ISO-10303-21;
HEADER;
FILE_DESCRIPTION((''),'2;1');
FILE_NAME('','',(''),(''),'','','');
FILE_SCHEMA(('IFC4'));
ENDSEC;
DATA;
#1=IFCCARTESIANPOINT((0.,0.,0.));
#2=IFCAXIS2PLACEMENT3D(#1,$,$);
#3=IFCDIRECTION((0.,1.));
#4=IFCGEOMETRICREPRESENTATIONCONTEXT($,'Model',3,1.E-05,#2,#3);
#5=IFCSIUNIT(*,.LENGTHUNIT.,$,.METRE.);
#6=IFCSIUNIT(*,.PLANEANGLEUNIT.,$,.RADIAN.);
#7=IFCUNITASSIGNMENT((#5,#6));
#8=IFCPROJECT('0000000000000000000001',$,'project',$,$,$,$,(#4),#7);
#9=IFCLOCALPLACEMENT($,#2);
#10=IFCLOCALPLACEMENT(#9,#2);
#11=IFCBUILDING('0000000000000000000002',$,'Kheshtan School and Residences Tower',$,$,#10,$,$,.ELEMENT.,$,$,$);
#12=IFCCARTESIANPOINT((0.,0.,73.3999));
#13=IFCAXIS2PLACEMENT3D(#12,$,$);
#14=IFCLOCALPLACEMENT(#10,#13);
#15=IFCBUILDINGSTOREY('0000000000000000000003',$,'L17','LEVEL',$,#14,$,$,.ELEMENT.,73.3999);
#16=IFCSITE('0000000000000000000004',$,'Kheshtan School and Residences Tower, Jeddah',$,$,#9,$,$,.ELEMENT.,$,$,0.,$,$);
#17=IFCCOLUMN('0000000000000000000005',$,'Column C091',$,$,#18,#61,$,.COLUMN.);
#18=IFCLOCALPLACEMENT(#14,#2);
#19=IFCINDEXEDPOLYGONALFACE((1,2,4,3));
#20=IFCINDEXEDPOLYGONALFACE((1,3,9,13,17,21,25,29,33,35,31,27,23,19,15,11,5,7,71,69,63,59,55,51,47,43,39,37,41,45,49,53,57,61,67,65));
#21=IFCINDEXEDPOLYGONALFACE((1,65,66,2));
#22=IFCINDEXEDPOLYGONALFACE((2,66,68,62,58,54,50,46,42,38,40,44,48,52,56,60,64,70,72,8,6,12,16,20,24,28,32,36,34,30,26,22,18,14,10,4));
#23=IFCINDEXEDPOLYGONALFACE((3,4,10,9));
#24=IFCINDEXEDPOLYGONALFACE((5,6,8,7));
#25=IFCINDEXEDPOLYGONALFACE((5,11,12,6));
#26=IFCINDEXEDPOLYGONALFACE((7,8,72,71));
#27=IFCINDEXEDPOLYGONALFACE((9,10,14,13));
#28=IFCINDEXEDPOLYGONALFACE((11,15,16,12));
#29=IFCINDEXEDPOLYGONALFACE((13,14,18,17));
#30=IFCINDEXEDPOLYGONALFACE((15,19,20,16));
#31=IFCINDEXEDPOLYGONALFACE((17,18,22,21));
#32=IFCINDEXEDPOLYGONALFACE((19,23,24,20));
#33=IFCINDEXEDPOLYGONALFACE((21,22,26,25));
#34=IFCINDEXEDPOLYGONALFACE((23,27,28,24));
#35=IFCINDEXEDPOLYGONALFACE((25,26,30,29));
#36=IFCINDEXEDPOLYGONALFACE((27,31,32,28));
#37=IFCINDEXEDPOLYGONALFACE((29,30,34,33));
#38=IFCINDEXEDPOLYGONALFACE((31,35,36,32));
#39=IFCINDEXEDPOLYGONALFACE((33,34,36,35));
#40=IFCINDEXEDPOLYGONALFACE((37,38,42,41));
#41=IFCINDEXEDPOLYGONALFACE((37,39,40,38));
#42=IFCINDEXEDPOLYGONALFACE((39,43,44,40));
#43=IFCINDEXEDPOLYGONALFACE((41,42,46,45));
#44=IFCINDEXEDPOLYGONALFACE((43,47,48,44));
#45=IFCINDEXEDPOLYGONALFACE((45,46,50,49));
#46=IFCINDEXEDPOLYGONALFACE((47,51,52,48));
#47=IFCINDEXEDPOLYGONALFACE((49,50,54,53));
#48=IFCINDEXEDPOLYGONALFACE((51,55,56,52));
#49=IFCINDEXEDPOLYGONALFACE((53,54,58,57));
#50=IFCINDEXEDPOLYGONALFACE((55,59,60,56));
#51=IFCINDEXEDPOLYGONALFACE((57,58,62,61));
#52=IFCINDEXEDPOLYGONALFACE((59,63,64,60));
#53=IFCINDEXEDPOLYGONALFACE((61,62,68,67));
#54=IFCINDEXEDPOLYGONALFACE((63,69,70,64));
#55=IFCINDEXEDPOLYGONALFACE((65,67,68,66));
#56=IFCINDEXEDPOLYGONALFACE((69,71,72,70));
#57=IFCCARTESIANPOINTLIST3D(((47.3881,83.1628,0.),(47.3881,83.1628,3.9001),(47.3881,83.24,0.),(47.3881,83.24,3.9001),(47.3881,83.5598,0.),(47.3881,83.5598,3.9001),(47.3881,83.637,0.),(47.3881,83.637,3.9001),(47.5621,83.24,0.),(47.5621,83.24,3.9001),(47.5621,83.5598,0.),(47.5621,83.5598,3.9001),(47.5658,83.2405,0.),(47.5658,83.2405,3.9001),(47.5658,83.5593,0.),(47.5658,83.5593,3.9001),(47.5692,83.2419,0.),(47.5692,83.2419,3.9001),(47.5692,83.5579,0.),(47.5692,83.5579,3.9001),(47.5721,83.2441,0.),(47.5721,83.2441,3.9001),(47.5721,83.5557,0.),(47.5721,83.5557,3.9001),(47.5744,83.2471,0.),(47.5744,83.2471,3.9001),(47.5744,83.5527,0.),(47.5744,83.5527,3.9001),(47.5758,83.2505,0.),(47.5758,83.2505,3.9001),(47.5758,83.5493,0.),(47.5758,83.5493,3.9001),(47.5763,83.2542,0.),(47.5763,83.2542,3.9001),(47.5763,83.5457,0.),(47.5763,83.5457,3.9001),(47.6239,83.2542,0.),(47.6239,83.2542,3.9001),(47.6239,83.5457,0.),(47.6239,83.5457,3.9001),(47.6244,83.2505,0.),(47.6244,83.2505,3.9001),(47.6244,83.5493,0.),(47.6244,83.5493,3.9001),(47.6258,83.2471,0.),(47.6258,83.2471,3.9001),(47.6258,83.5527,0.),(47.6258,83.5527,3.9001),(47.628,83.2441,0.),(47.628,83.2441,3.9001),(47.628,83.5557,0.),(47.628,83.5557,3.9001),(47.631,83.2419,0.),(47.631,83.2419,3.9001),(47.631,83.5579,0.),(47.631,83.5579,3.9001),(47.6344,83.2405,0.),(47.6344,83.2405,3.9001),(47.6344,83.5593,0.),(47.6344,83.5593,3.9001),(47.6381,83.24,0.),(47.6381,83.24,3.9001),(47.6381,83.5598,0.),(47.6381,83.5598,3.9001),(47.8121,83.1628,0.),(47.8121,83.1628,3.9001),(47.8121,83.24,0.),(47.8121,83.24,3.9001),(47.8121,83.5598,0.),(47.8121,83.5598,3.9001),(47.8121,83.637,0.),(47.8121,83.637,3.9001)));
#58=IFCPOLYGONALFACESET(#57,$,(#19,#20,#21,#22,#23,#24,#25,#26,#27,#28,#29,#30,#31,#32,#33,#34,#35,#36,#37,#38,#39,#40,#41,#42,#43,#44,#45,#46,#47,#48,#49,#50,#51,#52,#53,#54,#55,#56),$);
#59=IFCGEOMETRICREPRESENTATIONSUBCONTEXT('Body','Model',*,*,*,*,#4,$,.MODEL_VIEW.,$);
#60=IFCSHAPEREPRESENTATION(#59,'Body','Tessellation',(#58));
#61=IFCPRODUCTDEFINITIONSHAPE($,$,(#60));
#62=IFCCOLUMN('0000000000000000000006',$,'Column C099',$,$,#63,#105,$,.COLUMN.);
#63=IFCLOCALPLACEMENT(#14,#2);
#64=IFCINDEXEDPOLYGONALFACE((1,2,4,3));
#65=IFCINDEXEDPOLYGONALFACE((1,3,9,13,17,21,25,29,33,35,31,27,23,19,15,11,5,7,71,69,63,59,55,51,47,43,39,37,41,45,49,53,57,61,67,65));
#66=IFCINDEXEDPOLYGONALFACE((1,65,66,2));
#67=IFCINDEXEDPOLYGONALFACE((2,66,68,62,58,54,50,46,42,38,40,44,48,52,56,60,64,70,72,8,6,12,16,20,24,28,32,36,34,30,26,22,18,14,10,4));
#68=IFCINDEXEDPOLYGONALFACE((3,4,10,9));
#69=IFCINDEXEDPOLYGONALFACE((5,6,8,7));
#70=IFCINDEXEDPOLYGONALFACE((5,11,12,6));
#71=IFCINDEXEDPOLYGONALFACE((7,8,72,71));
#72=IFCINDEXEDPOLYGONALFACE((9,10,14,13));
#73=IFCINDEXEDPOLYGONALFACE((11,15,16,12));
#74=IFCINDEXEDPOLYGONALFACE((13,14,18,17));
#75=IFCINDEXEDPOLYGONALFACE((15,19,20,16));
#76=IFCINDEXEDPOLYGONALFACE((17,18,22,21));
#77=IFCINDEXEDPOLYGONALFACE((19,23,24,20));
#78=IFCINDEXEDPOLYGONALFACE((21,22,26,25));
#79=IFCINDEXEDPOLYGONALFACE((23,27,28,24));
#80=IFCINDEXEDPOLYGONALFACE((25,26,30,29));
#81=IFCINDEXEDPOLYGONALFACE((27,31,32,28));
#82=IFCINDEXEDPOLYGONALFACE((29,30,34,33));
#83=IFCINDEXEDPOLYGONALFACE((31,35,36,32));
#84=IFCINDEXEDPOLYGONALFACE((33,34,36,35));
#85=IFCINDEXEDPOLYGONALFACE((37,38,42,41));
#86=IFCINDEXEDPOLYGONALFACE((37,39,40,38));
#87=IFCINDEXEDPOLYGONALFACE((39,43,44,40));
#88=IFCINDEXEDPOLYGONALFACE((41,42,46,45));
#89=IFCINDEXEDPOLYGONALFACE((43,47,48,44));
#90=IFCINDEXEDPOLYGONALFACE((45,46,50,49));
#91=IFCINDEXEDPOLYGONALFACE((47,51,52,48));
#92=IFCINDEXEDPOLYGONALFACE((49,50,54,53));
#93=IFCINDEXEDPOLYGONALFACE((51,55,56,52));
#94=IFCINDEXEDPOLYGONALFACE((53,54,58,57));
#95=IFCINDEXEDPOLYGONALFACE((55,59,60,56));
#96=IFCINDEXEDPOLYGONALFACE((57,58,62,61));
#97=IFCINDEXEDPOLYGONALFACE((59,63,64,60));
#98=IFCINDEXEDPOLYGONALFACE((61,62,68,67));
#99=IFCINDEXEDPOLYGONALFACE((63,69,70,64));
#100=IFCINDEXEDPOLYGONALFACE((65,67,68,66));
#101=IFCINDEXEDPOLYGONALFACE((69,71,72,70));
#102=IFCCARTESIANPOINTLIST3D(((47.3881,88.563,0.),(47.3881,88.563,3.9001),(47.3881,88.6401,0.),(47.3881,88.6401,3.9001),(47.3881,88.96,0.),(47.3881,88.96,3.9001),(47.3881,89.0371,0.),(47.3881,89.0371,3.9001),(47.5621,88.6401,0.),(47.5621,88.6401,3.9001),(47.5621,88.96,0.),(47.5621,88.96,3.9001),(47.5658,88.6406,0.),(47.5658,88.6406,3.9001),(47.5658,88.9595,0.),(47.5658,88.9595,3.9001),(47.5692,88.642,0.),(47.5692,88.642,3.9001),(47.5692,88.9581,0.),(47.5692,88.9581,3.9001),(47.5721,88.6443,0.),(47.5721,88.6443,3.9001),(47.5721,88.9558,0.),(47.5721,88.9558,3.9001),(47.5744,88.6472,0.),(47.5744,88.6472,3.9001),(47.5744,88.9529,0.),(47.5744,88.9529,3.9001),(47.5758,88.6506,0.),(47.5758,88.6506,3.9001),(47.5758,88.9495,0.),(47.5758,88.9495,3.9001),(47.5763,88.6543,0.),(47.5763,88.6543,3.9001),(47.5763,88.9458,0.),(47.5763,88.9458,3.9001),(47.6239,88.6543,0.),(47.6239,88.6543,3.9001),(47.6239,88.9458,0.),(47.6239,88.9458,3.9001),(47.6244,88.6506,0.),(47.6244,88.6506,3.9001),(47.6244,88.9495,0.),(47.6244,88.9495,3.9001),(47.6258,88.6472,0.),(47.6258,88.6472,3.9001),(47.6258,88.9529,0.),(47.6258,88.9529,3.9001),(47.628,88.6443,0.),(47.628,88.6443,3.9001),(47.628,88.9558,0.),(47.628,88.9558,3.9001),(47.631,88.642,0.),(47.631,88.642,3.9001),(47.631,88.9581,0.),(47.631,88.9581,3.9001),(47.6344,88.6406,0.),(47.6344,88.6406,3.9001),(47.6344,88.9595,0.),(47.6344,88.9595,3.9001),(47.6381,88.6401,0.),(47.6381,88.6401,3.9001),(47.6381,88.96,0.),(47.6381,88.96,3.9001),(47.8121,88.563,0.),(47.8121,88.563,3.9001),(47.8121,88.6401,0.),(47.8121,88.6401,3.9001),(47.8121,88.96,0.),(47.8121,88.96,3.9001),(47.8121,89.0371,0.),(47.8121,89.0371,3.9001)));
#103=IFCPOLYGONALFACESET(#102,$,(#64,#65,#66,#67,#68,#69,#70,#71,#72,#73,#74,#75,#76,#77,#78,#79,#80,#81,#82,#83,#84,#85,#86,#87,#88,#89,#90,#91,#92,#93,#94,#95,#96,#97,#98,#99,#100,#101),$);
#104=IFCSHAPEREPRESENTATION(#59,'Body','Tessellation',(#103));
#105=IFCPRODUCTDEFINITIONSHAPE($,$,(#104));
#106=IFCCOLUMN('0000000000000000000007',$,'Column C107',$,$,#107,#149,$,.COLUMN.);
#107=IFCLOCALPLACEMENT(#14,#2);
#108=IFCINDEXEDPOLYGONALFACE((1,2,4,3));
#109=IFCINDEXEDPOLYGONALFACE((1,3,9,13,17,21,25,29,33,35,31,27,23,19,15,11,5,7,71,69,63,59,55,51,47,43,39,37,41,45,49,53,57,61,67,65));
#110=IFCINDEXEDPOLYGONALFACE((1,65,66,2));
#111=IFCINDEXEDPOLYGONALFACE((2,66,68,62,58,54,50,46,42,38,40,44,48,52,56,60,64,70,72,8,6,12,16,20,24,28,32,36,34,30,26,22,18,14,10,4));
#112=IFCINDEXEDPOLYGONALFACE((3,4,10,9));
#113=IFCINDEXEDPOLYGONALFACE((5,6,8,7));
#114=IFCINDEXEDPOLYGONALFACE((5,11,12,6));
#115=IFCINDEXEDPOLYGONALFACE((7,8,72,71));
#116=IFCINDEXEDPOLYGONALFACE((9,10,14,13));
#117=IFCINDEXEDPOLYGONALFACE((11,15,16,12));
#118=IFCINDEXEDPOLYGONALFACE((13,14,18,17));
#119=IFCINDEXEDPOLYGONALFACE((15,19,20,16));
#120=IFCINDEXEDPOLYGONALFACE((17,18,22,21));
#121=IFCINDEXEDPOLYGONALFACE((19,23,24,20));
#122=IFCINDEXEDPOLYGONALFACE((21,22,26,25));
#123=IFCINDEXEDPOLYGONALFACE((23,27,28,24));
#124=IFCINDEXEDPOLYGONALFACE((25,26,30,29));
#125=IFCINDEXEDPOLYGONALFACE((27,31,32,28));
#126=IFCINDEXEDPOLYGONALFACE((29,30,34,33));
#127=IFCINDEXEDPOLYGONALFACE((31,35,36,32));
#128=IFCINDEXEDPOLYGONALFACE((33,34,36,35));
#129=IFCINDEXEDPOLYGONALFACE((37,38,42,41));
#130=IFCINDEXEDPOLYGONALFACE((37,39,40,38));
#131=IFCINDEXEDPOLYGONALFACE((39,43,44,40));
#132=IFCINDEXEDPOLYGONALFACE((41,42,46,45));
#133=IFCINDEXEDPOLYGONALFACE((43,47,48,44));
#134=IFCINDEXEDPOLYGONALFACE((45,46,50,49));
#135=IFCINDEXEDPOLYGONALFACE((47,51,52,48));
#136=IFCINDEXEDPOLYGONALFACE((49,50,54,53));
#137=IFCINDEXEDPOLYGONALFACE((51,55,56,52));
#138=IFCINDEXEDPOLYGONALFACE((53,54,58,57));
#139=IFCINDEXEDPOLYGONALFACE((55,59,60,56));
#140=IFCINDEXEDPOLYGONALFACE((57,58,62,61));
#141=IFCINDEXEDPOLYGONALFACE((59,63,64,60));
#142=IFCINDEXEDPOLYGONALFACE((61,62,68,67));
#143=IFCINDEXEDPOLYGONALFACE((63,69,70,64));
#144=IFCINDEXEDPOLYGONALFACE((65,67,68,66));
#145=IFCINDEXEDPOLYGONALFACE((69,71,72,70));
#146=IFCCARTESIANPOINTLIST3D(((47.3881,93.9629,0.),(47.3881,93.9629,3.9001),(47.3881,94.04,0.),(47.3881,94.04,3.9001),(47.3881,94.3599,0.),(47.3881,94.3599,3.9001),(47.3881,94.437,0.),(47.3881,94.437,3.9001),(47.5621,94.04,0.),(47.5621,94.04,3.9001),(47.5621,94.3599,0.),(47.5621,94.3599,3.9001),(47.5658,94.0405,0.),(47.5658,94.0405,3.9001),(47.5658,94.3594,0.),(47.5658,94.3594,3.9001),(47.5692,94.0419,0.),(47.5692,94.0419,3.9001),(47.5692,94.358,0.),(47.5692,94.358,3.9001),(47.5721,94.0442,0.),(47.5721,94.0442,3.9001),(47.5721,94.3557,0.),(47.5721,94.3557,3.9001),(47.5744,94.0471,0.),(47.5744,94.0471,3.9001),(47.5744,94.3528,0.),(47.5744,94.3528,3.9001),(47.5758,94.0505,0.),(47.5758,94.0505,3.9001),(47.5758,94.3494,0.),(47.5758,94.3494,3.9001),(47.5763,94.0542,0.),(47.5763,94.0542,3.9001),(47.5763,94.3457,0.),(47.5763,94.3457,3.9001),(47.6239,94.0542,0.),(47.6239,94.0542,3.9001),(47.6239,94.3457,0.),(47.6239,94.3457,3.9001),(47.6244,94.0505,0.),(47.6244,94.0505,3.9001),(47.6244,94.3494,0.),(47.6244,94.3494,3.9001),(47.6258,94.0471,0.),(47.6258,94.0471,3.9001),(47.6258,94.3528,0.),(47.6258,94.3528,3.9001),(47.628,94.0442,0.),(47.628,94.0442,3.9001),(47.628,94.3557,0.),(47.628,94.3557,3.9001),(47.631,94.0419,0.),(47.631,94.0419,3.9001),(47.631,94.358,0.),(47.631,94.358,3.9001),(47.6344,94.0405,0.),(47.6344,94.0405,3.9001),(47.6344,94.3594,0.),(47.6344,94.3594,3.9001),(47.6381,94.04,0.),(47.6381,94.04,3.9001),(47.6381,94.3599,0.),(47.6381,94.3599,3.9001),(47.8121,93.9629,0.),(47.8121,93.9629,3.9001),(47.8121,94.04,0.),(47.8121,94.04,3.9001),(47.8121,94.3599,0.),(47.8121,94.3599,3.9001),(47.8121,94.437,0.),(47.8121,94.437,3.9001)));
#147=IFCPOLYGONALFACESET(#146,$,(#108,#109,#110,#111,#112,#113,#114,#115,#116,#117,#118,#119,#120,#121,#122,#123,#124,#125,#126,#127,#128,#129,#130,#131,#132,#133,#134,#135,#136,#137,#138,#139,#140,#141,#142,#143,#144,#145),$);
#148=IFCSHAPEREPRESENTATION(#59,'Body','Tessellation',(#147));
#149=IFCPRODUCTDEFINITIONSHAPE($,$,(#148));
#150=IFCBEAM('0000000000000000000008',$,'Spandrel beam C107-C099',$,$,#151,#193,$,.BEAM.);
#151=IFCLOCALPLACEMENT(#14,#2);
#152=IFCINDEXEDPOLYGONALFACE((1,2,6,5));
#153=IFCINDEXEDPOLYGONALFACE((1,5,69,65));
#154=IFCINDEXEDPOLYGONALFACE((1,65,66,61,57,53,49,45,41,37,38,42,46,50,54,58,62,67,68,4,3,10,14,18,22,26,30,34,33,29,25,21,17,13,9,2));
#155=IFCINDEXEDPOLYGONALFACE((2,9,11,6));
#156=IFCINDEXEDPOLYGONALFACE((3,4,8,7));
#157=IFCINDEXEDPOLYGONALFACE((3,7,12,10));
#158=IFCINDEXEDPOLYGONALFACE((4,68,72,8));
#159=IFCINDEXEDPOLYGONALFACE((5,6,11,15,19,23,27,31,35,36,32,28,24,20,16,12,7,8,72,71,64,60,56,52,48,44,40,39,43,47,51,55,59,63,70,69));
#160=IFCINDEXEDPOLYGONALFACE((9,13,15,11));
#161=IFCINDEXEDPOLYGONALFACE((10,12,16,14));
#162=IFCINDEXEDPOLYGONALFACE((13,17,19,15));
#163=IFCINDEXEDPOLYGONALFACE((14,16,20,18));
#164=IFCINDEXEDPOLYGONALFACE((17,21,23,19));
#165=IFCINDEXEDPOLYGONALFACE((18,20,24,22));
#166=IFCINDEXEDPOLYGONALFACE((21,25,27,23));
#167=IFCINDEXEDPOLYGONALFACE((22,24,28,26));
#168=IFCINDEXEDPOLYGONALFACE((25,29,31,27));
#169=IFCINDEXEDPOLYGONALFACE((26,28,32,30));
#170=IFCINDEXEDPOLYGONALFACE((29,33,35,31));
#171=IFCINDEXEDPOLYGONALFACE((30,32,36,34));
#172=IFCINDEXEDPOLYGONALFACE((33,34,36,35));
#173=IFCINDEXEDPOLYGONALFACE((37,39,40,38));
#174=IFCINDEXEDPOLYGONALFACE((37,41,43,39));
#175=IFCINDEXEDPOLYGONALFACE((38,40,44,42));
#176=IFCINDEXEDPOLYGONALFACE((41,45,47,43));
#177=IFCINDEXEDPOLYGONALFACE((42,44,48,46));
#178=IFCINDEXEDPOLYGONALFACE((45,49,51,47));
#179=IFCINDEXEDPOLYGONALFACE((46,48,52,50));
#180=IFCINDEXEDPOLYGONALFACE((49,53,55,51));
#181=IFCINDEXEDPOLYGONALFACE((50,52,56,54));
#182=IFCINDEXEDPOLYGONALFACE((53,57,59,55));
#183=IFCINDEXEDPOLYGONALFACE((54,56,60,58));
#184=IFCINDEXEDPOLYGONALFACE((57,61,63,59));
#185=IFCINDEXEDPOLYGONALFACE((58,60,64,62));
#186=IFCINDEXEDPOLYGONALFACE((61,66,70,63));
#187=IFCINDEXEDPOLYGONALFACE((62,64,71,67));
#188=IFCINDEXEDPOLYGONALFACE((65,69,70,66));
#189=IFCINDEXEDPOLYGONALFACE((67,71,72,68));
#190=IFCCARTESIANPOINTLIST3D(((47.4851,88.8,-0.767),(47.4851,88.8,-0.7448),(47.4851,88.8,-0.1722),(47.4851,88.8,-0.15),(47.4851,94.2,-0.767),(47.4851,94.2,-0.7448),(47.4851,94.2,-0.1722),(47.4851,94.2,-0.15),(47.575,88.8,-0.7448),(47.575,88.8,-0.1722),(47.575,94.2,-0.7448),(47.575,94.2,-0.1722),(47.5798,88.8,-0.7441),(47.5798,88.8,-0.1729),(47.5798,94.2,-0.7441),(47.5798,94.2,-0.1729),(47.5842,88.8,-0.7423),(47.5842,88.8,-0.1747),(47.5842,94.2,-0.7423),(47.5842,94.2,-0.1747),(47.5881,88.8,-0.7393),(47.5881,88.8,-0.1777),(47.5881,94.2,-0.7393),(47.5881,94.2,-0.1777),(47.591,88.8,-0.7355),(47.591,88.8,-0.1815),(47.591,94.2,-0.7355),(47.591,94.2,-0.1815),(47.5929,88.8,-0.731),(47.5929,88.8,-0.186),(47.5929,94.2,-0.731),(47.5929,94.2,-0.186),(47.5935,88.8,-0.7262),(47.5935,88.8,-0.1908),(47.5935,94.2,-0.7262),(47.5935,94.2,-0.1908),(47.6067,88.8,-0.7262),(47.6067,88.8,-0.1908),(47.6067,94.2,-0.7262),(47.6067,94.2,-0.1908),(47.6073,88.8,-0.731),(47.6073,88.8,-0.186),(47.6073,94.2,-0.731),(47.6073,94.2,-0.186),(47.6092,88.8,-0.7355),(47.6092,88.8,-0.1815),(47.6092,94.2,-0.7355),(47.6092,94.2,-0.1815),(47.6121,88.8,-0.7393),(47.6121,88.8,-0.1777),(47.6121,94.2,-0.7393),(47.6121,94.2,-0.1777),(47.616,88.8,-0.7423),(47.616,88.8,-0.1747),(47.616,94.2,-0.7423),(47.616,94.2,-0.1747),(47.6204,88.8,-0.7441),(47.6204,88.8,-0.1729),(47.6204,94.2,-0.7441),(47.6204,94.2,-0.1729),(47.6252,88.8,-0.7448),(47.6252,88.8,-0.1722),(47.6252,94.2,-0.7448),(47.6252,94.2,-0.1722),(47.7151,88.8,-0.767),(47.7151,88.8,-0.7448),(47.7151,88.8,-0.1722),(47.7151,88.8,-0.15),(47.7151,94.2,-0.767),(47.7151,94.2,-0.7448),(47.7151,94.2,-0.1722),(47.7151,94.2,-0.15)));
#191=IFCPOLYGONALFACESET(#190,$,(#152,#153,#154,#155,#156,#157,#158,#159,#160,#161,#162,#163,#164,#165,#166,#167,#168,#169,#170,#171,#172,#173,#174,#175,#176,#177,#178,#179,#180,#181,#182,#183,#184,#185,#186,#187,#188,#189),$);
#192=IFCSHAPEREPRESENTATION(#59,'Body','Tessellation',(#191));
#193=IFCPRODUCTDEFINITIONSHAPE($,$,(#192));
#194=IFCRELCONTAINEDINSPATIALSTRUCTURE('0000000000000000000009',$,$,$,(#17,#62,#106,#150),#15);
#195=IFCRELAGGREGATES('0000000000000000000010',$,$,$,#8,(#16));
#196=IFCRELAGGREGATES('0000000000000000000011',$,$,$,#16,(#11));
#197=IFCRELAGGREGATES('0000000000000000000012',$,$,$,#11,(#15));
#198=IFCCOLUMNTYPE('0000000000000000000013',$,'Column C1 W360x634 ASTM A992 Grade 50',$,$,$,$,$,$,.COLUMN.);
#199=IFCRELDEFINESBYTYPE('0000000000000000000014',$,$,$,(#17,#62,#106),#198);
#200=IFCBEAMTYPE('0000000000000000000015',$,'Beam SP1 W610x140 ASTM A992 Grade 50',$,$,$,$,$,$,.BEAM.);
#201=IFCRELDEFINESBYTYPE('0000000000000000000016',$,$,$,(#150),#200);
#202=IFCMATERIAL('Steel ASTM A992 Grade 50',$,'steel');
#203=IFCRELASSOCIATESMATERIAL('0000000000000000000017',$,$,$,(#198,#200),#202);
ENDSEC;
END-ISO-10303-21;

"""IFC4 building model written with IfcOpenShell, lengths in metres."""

from ifc_helpers import new_model, si_unit, direction, frame, origin, origin_2d, place, context, subcontext, project, spatial, i_section, extrude, material, material_profile, profile_set, type_object, element, save


model = new_model("IFC4")

# Units and contexts
model_context = context("Model", 3, precision=1e-05, world=origin(), true_north=direction((0.0, 1.0)))
body_context = subcontext(model_context, "Body", "Model", "MODEL_VIEW")
ifc_project = project(units=[si_unit("LENGTHUNIT", "METRE"), si_unit("PLANEANGLEUNIT", "RADIAN")], contexts=[model_context])

# Site, building, storey
site_placement = place(None, origin())
site = spatial("IfcSite", under=ifc_project, at=site_placement, Name="Kheshtan School and Residences Tower, Jeddah", CompositionType="ELEMENT", RefElevation=0.0)
building_placement = place(site_placement, origin())
building = spatial("IfcBuilding", under=site, at=building_placement, Name="Kheshtan School and Residences Tower", CompositionType="ELEMENT")
storey_placement = place(building_placement, frame((0.0, 0.0, 73.3999)))
storey = spatial("IfcBuildingStorey", under=building, at=storey_placement, Name="L17", Description="LEVEL", CompositionType="ELEMENT", Elevation=73.3999)

# Columns
ifc_material_1 = material(Name="Steel ASTM A992 Grade 50", Category="steel")
ifc_material_profile_1 = material_profile(ifc_material_1, i_section(OverallWidth=0.4241, OverallDepth=0.4741, WebThickness=0.0476, FlangeThickness=0.0771, FilletRadius=0.0142, at=origin_2d()), Name="W360x634")
ifc_profile_set_1 = profile_set([ifc_material_profile_1], Name="Steel ASTM A992 Grade 50")
column_type = type_object("IfcColumnType", Name="Column C1 W360x634 ASTM A992 Grade 50", PredefinedType="COLUMN", material=ifc_profile_set_1)
for number, where, z_axis, x_axis, name in (
    (1, (47.6001, 83.3999, 0.0), (0.0, 0.0, 1.0), (1.0, 0.0, 0.0), "Column C091"),
    (2, (47.6001, 88.8, 0.0), (0.0, 0.0, 1.0), (1.0, 0.0, 0.0), "Column C099"),
    (3, (47.6001, 94.2, 0.0), (0.0, 0.0, 1.0), (1.0, 0.0, 0.0), "Column C107"),
):
    element("IfcColumn", number, at=place(storey_placement, frame(where, z_axis=z_axis, x_axis=x_axis)), inside=storey, type_object=column_type, Name=name, PredefinedType="COLUMN", context=body_context, shape_type="SweptSolid", body=[
        extrude(i_section(OverallWidth=0.4241, OverallDepth=0.4741, WebThickness=0.0476, FlangeThickness=0.0771, FilletRadius=0.0142, at=origin_2d()), origin(), (0.0, 0.0, 1.0), 3.9001),
    ])

# Beam
ifc_material_profile_2 = material_profile(ifc_material_1, i_section(OverallWidth=0.23, OverallDepth=0.6169, WebThickness=0.0132, FlangeThickness=0.0222, FilletRadius=0.0186, at=origin_2d()), Name="W610x140")
ifc_profile_set_2 = profile_set([ifc_material_profile_2], Name="Steel ASTM A992 Grade 50")
beam_type = type_object("IfcBeamType", Name="Beam SP1 W610x140 ASTM A992 Grade 50", PredefinedType="BEAM", material=ifc_profile_set_2)
beam_1_placement = place(storey_placement, frame((47.6001, 94.2, -0.4585), z_axis=(0.0, -1.0, 0.0), x_axis=(1.0, 0.0, 0.0)))
element("IfcBeam", 4, at=beam_1_placement, inside=storey, type_object=beam_type, Name="Spandrel beam C107-C099", PredefinedType="BEAM", context=body_context, shape_type="SweptSolid", body=[
    extrude(i_section(OverallWidth=0.23, OverallDepth=0.6169, WebThickness=0.0132, FlangeThickness=0.0222, FilletRadius=0.0186, at=origin_2d()), origin(), (0.0, 0.0, 1.0), 5.3999),
])

save(model, "model.ifc")
